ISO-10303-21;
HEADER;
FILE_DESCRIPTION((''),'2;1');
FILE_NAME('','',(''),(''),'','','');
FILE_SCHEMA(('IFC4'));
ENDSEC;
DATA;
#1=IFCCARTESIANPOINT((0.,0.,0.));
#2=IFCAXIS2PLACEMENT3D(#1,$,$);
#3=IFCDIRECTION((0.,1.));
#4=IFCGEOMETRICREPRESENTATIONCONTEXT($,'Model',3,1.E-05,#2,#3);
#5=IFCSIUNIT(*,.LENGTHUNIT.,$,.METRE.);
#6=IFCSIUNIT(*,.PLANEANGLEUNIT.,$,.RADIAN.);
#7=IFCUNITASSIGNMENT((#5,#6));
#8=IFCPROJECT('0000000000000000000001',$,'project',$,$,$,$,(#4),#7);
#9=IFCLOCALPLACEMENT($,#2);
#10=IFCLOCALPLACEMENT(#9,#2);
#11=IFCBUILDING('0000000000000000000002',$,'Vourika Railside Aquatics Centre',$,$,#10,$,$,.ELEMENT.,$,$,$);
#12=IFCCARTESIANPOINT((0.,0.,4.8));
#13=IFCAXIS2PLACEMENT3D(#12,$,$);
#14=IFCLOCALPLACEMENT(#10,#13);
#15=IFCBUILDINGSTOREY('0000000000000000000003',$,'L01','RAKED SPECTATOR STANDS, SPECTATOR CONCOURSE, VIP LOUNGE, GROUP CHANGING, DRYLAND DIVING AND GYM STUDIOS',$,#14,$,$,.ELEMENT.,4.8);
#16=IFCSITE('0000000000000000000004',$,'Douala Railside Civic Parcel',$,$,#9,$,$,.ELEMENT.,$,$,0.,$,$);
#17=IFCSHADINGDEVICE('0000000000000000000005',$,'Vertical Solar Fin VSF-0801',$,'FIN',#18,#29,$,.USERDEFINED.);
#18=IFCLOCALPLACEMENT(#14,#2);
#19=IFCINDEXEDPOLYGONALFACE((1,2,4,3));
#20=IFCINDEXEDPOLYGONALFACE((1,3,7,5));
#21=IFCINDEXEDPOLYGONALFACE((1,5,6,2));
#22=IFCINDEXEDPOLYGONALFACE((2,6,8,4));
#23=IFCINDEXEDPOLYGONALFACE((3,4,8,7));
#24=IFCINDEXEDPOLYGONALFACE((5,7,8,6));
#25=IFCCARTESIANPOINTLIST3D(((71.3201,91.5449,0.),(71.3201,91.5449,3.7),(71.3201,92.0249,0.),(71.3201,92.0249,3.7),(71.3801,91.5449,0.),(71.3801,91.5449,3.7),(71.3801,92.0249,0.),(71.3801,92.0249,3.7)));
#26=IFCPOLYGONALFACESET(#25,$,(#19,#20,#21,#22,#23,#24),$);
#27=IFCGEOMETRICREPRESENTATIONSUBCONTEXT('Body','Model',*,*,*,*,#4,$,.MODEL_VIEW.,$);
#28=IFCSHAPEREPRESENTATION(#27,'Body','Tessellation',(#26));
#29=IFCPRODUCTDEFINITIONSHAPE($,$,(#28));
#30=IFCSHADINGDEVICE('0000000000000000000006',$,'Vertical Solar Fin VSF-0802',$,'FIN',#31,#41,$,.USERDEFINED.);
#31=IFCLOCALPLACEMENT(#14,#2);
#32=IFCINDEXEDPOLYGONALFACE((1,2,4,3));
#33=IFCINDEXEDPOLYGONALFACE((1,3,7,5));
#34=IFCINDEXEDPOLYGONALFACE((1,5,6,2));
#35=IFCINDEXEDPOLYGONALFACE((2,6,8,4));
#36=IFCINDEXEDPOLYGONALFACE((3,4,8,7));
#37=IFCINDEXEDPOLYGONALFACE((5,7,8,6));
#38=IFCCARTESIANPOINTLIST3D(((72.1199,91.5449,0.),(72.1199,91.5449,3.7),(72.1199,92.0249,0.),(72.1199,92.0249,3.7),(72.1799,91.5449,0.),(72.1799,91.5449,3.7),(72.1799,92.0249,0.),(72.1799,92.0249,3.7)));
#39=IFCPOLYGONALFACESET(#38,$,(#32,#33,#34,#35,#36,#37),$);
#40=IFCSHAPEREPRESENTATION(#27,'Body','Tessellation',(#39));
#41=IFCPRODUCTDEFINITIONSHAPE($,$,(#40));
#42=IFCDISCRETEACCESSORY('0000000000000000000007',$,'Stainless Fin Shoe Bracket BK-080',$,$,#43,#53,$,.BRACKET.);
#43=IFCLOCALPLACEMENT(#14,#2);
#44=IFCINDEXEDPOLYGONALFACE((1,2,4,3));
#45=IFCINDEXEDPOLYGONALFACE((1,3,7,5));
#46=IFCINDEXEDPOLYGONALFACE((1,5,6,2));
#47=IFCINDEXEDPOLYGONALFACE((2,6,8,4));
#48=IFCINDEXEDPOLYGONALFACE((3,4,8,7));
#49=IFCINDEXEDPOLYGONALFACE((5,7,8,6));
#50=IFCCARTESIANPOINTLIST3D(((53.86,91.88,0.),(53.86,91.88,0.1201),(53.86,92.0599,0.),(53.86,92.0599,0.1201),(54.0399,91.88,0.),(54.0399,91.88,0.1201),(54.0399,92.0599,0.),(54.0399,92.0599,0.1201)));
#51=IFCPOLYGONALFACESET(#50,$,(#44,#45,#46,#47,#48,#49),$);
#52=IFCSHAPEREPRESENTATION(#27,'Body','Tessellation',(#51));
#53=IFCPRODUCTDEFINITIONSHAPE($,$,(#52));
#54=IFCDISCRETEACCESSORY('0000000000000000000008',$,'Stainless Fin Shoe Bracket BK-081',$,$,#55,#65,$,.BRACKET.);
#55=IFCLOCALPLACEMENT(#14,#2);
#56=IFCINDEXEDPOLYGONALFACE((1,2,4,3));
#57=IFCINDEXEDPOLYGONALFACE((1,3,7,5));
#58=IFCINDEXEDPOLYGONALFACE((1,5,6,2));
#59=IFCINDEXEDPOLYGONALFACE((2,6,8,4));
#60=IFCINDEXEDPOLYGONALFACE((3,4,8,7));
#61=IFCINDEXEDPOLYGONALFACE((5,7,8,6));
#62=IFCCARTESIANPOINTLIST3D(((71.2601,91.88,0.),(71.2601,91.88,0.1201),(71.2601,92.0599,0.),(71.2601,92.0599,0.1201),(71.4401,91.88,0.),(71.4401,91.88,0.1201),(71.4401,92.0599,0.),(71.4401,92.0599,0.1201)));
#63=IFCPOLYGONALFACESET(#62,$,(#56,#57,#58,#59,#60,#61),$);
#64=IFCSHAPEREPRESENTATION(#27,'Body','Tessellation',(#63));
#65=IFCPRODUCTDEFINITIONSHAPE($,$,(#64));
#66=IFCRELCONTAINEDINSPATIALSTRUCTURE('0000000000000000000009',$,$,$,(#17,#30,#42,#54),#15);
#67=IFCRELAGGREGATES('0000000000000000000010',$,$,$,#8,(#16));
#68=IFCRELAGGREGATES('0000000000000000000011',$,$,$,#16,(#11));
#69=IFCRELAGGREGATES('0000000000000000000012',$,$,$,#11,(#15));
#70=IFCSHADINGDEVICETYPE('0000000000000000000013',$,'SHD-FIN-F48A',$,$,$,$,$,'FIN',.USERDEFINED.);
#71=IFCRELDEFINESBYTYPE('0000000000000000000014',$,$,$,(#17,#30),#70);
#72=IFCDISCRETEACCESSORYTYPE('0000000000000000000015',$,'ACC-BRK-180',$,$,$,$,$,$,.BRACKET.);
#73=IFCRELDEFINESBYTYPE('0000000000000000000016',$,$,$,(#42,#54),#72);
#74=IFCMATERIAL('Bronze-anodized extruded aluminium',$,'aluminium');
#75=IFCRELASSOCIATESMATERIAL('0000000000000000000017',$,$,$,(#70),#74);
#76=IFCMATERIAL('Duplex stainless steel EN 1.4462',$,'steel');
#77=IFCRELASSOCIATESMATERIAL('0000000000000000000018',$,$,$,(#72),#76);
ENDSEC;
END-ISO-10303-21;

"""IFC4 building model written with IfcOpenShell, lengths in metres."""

from ifc_helpers import new_model, si_unit, direction, frame, origin, origin_2d, place, context, subcontext, project, spatial, rectangle, extrude, material, material_profile, profile_set, type_object, element, save


model = new_model("IFC4")

# Units and contexts
model_context = context("Model", 3, precision=1e-05, world=origin(), true_north=direction((0.0, 1.0)))
body_context = subcontext(model_context, "Body", "Model", "MODEL_VIEW")
ifc_project = project(units=[si_unit("LENGTHUNIT", "METRE"), si_unit("PLANEANGLEUNIT", "RADIAN")], contexts=[model_context])

# Site, building, storey
site_placement = place(None, origin())
site = spatial("IfcSite", under=ifc_project, at=site_placement, Name="Douala Railside Civic Parcel", CompositionType="ELEMENT", RefElevation=0.0)
building_placement = place(site_placement, origin())
building = spatial("IfcBuilding", under=site, at=building_placement, Name="Vourika Railside Aquatics Centre", CompositionType="ELEMENT")
storey_placement = place(building_placement, frame((0.0, 0.0, 4.8)))
storey = spatial("IfcBuildingStorey", under=building, at=storey_placement, Name="L01", Description="RAKED SPECTATOR STANDS, SPECTATOR CONCOURSE, VIP LOUNGE, GROUP CHANGING, DRYLAND DIVING AND GYM STUDIOS", CompositionType="ELEMENT", Elevation=4.8)

# Shading devices
ifc_material_1 = material(Name="Bronze-anodized extruded aluminium", Category="aluminium")
ifc_material_profile_1 = material_profile(ifc_material_1, rectangle(XDim=0.0601, YDim=0.48, at=origin_2d()), Name="ALU-FIN 60x480")
ifc_profile_set_1 = profile_set([ifc_material_profile_1], Name="Bronze-anodized extruded aluminium")
shading_device_type = type_object("IfcShadingDeviceType", Name="SHD-FIN-F48A", ElementType="FIN", PredefinedType="USERDEFINED", material=ifc_profile_set_1)
for number, where, z_axis, x_axis, name in (
    (1, (71.3501, 91.7849, 0.0), (0.0, 0.0, 1.0), (-1.0, 0.0, 0.0), "Vertical Solar Fin VSF-0801"),
    (2, (72.1499, 91.7849, 0.0), (0.0, 0.0, 1.0), (-1.0, 0.0, 0.0), "Vertical Solar Fin VSF-0802"),
):
    element("IfcShadingDevice", number, at=place(storey_placement, frame(where, z_axis=z_axis, x_axis=x_axis)), inside=storey, type_object=shading_device_type, Name=name, ObjectType="FIN", PredefinedType="USERDEFINED", context=body_context, shape_type="SweptSolid", body=[
        extrude(rectangle(XDim=0.0601, YDim=0.48, at=origin_2d()), origin(), (0.0, 0.0, 1.0), 3.7),
    ])

# Discrete accessories
ifc_material_2 = material(Name="Duplex stainless steel EN 1.4462", Category="steel")
discrete_accessory_type = type_object("IfcDiscreteAccessoryType", Name="ACC-BRK-180", PredefinedType="BRACKET", material=ifc_material_2)
for number, where, z_axis, x_axis, name in (
    (3, (53.95, 91.97, 0.0), (0.0, 0.0, 1.0), (0.0, -1.0, 0.0), "Stainless Fin Shoe Bracket BK-080"),
    (4, (71.3501, 91.97, 0.0), (0.0, 0.0, 1.0), (0.0, -1.0, 0.0), "Stainless Fin Shoe Bracket BK-081"),
):
    element("IfcDiscreteAccessory", number, at=place(storey_placement, frame(where, z_axis=z_axis, x_axis=x_axis)), inside=storey, type_object=discrete_accessory_type, Name=name, PredefinedType="BRACKET", context=body_context, shape_type="SweptSolid", body=[
        extrude(rectangle(XDim=0.1799, YDim=0.1799, at=origin_2d()), origin(), (0.0, 0.0, 1.0), 0.1201),
    ])

save(model, "model.ifc")
